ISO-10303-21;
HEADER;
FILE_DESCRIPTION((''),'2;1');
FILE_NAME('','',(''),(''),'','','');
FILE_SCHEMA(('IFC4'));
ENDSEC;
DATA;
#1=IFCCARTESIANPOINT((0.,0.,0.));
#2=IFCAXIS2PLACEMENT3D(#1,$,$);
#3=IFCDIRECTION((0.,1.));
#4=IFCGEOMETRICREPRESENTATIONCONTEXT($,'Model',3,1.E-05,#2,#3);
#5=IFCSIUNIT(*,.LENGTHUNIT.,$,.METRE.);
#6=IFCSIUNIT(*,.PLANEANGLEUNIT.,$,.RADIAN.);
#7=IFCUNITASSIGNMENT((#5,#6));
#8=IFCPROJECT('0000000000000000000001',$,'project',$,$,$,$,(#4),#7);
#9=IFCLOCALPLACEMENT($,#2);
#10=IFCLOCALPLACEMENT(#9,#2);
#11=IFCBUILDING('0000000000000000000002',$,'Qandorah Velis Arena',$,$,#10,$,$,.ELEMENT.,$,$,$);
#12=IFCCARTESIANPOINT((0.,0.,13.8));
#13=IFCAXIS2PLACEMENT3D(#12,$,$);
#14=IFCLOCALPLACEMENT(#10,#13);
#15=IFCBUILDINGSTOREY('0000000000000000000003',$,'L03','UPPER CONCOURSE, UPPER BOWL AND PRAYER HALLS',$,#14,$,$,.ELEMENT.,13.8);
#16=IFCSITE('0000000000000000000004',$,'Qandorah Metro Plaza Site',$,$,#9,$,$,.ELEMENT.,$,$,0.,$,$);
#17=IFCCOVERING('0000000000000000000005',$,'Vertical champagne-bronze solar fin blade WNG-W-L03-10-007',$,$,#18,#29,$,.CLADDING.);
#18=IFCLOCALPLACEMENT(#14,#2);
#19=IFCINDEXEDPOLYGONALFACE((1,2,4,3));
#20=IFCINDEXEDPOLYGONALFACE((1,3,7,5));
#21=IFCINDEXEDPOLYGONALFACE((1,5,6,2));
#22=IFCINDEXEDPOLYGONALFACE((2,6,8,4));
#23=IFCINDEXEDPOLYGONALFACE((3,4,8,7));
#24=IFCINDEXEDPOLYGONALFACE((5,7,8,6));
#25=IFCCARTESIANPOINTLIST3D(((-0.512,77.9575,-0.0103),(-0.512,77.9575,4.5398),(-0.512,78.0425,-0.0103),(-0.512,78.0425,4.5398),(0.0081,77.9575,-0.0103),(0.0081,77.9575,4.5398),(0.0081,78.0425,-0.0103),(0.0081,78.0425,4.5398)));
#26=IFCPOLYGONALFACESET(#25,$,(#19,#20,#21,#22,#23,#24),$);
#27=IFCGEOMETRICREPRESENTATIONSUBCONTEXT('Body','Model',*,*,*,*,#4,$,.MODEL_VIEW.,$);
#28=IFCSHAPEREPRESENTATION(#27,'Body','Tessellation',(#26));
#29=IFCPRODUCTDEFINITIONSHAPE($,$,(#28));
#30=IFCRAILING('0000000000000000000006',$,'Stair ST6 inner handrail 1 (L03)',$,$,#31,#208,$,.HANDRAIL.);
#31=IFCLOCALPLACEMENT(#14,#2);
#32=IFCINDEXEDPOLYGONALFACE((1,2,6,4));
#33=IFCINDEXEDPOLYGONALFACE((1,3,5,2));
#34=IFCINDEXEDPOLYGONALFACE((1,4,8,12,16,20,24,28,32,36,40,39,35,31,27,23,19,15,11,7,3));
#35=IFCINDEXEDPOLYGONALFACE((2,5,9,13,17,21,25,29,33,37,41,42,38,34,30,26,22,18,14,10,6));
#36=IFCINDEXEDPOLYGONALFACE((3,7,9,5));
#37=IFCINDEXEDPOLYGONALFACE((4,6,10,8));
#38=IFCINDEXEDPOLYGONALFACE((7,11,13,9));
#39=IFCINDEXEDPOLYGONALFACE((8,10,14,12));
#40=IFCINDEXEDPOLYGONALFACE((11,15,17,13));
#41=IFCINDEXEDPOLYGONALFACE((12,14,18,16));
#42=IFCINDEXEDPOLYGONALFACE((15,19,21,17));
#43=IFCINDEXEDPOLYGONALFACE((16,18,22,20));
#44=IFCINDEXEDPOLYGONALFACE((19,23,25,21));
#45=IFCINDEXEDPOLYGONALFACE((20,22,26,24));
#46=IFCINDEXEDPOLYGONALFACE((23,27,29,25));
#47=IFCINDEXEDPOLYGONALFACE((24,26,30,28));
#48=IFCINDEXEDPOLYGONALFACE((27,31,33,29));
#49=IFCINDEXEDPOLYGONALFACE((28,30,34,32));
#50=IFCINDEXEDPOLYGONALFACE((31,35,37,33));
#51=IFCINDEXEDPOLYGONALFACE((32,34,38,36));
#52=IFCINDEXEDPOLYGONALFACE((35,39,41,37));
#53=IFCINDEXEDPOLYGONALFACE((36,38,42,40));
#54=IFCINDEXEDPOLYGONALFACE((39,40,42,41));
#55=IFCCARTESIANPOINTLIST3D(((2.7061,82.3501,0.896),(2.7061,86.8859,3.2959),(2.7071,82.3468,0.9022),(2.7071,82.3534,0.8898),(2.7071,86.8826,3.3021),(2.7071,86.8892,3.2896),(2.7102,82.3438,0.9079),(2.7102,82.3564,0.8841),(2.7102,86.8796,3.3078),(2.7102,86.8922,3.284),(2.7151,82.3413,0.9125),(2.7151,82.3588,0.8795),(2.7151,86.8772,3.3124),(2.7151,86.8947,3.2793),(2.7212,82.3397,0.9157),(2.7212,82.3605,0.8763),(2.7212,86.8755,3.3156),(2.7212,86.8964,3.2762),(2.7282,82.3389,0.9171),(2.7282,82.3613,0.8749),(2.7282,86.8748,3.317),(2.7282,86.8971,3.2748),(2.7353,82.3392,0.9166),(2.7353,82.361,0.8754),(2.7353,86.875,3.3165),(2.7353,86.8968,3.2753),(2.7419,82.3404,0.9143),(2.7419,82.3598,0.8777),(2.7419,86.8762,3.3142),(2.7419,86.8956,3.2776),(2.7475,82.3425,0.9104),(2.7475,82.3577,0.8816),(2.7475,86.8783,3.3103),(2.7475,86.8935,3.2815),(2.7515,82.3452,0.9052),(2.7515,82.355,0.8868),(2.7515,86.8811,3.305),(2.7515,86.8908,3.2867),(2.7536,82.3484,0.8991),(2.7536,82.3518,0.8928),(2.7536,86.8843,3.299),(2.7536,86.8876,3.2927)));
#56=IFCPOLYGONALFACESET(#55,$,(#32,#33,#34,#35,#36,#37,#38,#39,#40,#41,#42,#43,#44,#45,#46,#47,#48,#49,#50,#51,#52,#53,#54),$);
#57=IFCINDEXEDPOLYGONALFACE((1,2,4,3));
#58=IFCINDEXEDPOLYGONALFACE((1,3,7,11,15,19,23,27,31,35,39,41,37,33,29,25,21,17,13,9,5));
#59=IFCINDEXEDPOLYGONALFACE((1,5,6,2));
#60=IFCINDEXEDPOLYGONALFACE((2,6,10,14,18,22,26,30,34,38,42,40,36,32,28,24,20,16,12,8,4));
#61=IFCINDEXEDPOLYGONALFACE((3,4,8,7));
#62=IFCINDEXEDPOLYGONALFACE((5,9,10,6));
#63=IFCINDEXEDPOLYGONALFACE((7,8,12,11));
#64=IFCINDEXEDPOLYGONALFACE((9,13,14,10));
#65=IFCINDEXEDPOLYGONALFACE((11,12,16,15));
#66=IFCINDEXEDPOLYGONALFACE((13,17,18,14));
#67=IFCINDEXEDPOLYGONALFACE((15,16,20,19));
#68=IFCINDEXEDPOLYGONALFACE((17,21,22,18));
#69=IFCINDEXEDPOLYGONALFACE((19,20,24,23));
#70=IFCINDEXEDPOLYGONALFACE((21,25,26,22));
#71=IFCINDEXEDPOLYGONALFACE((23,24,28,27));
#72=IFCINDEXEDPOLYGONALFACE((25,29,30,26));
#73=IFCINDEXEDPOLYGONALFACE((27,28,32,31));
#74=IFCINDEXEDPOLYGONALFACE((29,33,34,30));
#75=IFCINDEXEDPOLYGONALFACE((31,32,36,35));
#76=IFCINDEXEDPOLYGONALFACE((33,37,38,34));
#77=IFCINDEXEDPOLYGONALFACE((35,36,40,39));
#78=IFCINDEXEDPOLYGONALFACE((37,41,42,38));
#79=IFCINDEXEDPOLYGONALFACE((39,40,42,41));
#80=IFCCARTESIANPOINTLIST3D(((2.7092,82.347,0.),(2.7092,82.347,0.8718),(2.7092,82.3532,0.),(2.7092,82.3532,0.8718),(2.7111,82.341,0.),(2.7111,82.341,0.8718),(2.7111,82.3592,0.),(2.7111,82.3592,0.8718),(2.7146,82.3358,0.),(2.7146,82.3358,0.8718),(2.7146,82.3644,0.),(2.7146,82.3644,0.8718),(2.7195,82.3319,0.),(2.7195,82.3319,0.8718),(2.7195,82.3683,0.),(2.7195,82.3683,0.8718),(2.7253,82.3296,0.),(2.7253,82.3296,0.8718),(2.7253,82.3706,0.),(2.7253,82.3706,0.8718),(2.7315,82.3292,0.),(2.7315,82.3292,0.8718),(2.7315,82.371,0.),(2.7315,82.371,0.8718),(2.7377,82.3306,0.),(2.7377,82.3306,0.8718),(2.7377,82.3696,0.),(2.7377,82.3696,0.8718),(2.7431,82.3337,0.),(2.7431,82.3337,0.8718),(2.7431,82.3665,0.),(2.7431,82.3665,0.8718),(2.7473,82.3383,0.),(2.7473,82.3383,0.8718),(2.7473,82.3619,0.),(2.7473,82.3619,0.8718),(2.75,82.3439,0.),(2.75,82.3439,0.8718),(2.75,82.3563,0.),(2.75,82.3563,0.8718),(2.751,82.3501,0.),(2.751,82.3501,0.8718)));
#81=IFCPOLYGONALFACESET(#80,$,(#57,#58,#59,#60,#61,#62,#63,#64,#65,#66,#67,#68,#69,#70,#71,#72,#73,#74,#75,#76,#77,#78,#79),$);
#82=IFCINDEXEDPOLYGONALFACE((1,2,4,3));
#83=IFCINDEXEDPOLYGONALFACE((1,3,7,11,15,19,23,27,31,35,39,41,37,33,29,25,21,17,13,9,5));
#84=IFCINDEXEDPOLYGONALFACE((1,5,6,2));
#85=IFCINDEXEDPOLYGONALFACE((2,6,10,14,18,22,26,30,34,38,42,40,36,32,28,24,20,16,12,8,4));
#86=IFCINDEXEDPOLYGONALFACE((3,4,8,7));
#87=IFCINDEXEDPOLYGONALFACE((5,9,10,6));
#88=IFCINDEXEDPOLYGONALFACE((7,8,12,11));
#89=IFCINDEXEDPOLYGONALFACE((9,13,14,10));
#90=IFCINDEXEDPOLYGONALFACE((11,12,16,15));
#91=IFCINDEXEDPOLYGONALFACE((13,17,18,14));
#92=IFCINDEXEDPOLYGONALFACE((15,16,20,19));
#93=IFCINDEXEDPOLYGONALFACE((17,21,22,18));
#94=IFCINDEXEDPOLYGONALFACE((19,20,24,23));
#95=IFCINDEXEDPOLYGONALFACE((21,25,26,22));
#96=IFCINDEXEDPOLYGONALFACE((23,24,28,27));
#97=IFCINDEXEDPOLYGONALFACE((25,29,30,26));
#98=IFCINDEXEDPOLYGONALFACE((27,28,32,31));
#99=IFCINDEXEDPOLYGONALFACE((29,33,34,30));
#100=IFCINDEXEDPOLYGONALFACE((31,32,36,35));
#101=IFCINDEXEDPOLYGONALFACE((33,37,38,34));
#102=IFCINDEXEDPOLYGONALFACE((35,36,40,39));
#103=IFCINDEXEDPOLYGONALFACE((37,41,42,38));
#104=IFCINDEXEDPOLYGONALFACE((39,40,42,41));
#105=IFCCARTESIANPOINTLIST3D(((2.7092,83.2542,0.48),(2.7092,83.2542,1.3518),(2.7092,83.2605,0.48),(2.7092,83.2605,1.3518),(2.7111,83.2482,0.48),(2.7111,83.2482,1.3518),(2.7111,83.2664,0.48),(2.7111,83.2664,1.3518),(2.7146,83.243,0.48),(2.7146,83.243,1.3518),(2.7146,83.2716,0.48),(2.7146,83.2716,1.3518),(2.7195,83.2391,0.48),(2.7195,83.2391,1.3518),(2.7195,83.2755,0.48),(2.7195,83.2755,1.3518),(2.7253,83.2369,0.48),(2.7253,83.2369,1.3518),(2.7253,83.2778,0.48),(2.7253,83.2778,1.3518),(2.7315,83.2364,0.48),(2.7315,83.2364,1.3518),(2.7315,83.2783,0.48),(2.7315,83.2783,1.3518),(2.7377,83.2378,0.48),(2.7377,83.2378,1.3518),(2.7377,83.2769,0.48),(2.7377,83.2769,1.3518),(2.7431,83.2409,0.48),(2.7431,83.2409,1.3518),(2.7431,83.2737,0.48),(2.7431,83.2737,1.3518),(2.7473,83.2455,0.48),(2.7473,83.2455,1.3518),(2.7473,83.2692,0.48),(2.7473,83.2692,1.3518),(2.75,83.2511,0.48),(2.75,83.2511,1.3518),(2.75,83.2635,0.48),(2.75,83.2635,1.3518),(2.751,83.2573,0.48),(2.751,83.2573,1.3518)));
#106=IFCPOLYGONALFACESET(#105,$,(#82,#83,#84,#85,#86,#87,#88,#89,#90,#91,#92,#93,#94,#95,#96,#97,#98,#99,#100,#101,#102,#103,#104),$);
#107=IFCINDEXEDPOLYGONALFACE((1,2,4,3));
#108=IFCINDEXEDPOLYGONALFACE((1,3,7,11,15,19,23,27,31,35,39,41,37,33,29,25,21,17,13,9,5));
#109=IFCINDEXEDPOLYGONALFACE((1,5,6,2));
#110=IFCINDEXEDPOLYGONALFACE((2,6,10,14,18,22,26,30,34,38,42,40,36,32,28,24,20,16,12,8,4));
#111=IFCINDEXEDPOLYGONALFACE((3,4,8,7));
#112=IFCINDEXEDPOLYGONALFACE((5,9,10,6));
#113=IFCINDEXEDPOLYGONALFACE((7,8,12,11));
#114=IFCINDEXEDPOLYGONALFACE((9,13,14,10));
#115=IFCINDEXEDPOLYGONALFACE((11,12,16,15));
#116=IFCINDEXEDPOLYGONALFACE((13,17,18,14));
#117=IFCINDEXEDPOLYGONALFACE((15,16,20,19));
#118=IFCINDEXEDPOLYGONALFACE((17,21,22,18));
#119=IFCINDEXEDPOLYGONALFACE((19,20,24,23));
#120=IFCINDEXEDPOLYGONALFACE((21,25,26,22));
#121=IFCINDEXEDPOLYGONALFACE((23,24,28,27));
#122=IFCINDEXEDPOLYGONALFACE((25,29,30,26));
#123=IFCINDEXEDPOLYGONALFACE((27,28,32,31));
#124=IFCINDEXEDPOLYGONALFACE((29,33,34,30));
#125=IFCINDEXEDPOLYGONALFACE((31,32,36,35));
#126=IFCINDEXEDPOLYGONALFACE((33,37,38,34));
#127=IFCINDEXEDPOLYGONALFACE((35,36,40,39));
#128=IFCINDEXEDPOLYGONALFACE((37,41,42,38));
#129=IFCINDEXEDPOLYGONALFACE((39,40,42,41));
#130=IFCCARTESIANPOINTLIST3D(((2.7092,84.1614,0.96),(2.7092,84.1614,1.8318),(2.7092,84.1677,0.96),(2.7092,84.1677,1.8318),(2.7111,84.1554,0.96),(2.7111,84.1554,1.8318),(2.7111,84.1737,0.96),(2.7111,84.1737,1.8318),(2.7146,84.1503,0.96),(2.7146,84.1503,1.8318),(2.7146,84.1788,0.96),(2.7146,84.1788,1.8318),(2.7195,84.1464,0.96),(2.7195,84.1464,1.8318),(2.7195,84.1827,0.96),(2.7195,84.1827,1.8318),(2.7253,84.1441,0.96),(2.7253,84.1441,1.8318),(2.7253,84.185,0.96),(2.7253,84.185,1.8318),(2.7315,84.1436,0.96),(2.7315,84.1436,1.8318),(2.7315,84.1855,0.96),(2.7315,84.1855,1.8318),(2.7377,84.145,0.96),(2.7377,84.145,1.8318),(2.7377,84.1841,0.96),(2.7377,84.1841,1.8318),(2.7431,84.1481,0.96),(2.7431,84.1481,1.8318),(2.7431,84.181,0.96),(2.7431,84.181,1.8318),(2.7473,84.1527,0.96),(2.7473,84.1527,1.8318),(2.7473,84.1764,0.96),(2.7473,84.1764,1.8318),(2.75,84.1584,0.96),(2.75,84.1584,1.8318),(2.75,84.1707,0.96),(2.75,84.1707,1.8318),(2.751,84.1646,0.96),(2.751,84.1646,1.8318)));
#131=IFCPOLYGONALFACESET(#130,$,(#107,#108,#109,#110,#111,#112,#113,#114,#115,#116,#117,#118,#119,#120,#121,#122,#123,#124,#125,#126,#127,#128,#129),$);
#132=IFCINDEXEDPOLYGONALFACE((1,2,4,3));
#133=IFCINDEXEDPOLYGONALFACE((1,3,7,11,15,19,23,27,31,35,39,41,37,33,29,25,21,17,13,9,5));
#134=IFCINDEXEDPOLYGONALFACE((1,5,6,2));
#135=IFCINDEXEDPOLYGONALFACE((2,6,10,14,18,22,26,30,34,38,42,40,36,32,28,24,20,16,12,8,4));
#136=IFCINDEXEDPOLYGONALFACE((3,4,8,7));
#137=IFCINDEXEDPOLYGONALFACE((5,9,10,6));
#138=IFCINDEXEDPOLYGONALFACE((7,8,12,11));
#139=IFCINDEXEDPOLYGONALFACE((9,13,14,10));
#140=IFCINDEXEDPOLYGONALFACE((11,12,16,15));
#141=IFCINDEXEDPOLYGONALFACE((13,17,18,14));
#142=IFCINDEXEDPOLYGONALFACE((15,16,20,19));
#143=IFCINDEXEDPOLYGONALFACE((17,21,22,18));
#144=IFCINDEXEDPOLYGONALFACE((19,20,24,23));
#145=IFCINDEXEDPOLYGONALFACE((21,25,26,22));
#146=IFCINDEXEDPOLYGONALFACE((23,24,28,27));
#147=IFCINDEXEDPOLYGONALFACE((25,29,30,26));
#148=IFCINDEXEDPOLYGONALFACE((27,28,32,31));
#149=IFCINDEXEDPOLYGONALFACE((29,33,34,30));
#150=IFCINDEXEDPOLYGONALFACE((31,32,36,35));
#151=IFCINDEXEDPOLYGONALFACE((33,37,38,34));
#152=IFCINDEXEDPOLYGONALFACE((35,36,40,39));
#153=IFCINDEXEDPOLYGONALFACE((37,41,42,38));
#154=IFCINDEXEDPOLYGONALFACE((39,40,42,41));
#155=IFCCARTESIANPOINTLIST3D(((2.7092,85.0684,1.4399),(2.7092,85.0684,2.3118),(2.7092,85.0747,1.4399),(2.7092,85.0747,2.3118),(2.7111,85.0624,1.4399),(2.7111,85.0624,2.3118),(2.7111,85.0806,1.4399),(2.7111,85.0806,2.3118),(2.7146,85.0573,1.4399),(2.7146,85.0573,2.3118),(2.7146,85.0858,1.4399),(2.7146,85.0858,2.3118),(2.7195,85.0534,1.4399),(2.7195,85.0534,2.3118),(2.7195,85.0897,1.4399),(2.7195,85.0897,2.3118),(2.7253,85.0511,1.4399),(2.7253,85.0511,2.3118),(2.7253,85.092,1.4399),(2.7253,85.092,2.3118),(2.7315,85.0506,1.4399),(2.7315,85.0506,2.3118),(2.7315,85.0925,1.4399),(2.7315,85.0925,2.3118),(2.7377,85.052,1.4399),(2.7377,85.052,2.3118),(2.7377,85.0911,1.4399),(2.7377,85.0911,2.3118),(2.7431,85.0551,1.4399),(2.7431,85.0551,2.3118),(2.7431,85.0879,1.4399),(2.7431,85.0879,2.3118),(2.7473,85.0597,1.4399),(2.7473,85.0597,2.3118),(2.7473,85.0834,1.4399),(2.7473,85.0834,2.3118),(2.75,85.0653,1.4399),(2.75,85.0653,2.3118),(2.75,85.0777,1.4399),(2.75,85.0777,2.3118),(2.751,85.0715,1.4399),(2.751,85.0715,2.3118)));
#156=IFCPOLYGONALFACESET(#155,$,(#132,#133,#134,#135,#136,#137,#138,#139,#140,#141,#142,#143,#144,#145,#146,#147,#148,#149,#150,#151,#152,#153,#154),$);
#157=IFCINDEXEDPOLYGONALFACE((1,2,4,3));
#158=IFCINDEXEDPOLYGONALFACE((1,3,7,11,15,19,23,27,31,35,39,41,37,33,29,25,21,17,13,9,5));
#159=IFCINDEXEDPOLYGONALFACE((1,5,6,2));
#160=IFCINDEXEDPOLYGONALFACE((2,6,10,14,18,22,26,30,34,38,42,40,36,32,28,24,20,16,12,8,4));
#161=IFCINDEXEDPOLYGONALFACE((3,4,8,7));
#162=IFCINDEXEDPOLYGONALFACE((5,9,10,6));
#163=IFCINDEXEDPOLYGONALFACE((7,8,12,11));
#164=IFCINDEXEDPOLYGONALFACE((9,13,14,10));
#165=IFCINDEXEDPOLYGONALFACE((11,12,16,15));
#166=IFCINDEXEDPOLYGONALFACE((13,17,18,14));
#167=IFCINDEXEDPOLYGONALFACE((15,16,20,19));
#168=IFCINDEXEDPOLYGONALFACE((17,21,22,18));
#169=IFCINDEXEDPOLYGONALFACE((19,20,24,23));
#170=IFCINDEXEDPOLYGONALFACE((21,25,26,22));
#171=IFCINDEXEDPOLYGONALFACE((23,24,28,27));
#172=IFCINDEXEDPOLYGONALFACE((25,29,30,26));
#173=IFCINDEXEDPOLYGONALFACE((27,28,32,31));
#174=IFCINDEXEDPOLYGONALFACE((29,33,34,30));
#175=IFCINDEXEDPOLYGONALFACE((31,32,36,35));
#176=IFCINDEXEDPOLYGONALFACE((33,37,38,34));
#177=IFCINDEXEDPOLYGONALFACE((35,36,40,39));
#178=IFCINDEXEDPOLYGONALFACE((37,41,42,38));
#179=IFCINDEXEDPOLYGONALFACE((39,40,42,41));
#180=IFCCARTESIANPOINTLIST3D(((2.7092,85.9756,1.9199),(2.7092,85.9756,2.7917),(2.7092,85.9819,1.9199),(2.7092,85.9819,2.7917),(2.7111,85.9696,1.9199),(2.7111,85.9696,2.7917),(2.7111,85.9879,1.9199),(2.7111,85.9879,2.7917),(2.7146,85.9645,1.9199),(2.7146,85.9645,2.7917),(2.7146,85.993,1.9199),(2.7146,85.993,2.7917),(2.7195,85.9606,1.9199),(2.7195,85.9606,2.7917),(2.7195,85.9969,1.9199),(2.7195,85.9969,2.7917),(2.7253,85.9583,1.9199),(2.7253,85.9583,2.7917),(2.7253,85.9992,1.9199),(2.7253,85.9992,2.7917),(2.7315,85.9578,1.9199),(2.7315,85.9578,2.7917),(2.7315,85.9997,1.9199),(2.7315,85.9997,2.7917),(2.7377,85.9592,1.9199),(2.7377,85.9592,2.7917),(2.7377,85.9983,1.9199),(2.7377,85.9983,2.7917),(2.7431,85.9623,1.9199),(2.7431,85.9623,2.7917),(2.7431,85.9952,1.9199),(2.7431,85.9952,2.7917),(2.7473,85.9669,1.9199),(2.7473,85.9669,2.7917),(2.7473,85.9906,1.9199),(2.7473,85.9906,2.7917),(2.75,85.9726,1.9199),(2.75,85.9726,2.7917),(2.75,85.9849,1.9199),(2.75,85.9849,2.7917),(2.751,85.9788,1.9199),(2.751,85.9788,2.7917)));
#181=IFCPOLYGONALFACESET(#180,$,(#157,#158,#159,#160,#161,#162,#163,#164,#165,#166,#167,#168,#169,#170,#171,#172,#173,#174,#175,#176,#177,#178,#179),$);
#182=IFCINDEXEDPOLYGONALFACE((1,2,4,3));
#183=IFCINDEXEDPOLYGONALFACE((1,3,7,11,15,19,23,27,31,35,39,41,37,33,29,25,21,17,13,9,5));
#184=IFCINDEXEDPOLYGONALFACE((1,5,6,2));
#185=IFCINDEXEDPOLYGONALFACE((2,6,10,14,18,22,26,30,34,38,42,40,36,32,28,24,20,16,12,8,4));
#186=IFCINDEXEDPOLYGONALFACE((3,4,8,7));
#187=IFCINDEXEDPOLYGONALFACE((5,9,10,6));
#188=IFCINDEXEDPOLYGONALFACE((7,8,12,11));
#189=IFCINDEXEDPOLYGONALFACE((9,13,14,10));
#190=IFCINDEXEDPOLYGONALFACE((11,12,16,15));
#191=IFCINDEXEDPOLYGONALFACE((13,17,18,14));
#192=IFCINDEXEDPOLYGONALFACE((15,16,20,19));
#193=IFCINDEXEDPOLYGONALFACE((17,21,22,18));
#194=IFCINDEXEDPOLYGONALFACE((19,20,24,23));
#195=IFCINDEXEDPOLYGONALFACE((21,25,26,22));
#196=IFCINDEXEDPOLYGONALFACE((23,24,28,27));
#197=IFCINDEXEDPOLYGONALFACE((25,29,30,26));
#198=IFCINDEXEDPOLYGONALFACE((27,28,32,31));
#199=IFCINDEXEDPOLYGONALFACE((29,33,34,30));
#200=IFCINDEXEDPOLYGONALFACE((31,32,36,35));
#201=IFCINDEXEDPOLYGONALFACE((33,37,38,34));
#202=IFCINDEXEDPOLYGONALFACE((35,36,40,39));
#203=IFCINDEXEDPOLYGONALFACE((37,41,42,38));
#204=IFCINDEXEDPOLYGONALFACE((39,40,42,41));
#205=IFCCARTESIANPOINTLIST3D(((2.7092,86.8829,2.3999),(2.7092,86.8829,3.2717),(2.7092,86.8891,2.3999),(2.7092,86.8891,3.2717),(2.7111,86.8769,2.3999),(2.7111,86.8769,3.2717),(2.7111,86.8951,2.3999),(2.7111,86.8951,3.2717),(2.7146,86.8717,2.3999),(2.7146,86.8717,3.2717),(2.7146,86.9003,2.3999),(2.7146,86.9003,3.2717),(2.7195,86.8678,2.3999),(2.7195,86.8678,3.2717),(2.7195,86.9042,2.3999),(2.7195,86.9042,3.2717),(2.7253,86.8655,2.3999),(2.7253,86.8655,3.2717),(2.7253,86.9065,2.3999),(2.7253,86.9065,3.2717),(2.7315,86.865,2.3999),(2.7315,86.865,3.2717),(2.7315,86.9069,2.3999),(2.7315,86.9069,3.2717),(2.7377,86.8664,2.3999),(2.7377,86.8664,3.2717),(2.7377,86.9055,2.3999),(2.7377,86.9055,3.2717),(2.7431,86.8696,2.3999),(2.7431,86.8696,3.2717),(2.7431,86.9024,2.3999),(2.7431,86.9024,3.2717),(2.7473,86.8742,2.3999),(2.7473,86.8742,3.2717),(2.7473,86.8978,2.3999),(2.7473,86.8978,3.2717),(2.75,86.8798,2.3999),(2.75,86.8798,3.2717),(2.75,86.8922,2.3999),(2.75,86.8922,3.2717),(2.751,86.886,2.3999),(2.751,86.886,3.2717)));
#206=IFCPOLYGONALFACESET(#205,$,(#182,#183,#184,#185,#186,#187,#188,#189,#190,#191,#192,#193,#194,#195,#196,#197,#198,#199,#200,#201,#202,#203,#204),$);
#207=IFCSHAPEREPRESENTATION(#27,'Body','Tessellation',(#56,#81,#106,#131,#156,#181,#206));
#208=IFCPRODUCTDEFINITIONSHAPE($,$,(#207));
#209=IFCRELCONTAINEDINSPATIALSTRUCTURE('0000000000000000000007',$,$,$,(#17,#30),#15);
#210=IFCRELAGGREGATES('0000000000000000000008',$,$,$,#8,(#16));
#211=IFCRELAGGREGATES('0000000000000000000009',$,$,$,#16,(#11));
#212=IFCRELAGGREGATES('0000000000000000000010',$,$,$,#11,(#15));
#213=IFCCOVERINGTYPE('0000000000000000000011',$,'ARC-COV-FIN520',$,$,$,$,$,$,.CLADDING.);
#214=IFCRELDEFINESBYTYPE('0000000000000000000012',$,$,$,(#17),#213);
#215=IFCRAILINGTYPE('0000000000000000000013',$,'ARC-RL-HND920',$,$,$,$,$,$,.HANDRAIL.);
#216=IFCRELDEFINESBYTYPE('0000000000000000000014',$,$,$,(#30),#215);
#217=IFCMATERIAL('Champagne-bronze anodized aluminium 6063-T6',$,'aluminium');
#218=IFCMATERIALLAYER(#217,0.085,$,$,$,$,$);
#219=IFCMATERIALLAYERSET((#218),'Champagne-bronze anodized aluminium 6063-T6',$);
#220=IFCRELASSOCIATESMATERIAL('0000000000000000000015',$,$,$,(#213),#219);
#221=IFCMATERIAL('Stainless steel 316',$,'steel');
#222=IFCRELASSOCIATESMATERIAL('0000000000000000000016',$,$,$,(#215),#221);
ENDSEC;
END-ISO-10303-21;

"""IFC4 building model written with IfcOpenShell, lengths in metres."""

from ifc_helpers import new_model, si_unit, direction, frame, origin, origin_2d, place, context, subcontext, project, spatial, rectangle, circle, extrude, material, layer, layer_set, type_object, element, save


model = new_model("IFC4")

# Units and contexts
model_context = context("Model", 3, precision=1e-05, world=origin(), true_north=direction((0.0, 1.0)))
body_context = subcontext(model_context, "Body", "Model", "MODEL_VIEW")
ifc_project = project(units=[si_unit("LENGTHUNIT", "METRE"), si_unit("PLANEANGLEUNIT", "RADIAN")], contexts=[model_context])

# Site, building, storey
site_placement = place(None, origin())
site = spatial("IfcSite", under=ifc_project, at=site_placement, Name="Qandorah Metro Plaza Site", CompositionType="ELEMENT", RefElevation=0.0)
building_placement = place(site_placement, origin())
building = spatial("IfcBuilding", under=site, at=building_placement, Name="Qandorah Velis Arena", CompositionType="ELEMENT")
storey_placement = place(building_placement, frame((0.0, 0.0, 13.8)))
storey = spatial("IfcBuildingStorey", under=building, at=storey_placement, Name="L03", Description="UPPER CONCOURSE, UPPER BOWL AND PRAYER HALLS", CompositionType="ELEMENT", Elevation=13.8)

# Shared definitions
ifc_material_1 = material(Name="Champagne-bronze anodized aluminium 6063-T6", Category="aluminium")

# Covering
ifc_layer_1 = layer(ifc_material_1, 0.085)
ifc_layer_set_1 = layer_set([ifc_layer_1], Name="Champagne-bronze anodized aluminium 6063-T6")
covering_type = type_object("IfcCoveringType", Name="ARC-COV-FIN520", PredefinedType="CLADDING", material=ifc_layer_set_1)
covering_placement = place(storey_placement, frame((-0.252, 78.0, -0.0103), z_axis=(0.0, 0.0, 1.0), x_axis=(1.0, 0.0, 0.0)))
element("IfcCovering", 1, at=covering_placement, inside=storey, type_object=covering_type, Name="Vertical champagne-bronze solar fin blade WNG-W-L03-10-007", PredefinedType="CLADDING", context=body_context, shape_type="SweptSolid", body=[
    extrude(rectangle(XDim=0.52, YDim=0.085, at=origin_2d()), origin(), (0.0, 0.0, 1.0), 4.55),
])

# Railing
ifc_material_2 = material(Name="Stainless steel 316", Category="steel")
railing_type_1 = type_object("IfcRailingType", Name="ARC-RL-HND920", PredefinedType="HANDRAIL", material=ifc_material_2)
railing_1_placement = place(storey_placement, frame((2.73, 82.3501, 0.0)))
element("IfcRailing", 2, at=railing_1_placement, inside=storey, type_object=railing_type_1, Name="Stair ST6 inner handrail 1 (L03)", PredefinedType="HANDRAIL", context=body_context, shape_type="SweptSolid", body=[
    extrude(circle(Radius=0.0239, at=origin_2d()), frame((0.0, 0.0, 0.896), z_axis=(0.0, 0.883905, 0.467667), x_axis=(-1.0, 0.0, 0.0)), (0.0, 0.0, 1.0), 5.1316),
    extrude(circle(Radius=0.021, at=origin_2d()), origin(), (0.0, 0.0, 1.0), 0.8718),
    extrude(circle(Radius=0.021, at=origin_2d()), frame((0.0, 0.9072, 0.48)), (0.0, 0.0, 1.0), 0.8718),
    extrude(circle(Radius=0.021, at=origin_2d()), frame((0.0, 1.8145, 0.96)), (0.0, 0.0, 1.0), 0.8718),
    extrude(circle(Radius=0.021, at=origin_2d()), frame((0.0, 2.7214, 1.4399)), (0.0, 0.0, 1.0), 0.8718),
    extrude(circle(Radius=0.021, at=origin_2d()), frame((0.0, 3.6287, 1.9199)), (0.0, 0.0, 1.0), 0.8718),
    extrude(circle(Radius=0.021, at=origin_2d()), frame((0.0, 4.5359, 2.3999)), (0.0, 0.0, 1.0), 0.8718),
])

save(model, "model.ifc")
